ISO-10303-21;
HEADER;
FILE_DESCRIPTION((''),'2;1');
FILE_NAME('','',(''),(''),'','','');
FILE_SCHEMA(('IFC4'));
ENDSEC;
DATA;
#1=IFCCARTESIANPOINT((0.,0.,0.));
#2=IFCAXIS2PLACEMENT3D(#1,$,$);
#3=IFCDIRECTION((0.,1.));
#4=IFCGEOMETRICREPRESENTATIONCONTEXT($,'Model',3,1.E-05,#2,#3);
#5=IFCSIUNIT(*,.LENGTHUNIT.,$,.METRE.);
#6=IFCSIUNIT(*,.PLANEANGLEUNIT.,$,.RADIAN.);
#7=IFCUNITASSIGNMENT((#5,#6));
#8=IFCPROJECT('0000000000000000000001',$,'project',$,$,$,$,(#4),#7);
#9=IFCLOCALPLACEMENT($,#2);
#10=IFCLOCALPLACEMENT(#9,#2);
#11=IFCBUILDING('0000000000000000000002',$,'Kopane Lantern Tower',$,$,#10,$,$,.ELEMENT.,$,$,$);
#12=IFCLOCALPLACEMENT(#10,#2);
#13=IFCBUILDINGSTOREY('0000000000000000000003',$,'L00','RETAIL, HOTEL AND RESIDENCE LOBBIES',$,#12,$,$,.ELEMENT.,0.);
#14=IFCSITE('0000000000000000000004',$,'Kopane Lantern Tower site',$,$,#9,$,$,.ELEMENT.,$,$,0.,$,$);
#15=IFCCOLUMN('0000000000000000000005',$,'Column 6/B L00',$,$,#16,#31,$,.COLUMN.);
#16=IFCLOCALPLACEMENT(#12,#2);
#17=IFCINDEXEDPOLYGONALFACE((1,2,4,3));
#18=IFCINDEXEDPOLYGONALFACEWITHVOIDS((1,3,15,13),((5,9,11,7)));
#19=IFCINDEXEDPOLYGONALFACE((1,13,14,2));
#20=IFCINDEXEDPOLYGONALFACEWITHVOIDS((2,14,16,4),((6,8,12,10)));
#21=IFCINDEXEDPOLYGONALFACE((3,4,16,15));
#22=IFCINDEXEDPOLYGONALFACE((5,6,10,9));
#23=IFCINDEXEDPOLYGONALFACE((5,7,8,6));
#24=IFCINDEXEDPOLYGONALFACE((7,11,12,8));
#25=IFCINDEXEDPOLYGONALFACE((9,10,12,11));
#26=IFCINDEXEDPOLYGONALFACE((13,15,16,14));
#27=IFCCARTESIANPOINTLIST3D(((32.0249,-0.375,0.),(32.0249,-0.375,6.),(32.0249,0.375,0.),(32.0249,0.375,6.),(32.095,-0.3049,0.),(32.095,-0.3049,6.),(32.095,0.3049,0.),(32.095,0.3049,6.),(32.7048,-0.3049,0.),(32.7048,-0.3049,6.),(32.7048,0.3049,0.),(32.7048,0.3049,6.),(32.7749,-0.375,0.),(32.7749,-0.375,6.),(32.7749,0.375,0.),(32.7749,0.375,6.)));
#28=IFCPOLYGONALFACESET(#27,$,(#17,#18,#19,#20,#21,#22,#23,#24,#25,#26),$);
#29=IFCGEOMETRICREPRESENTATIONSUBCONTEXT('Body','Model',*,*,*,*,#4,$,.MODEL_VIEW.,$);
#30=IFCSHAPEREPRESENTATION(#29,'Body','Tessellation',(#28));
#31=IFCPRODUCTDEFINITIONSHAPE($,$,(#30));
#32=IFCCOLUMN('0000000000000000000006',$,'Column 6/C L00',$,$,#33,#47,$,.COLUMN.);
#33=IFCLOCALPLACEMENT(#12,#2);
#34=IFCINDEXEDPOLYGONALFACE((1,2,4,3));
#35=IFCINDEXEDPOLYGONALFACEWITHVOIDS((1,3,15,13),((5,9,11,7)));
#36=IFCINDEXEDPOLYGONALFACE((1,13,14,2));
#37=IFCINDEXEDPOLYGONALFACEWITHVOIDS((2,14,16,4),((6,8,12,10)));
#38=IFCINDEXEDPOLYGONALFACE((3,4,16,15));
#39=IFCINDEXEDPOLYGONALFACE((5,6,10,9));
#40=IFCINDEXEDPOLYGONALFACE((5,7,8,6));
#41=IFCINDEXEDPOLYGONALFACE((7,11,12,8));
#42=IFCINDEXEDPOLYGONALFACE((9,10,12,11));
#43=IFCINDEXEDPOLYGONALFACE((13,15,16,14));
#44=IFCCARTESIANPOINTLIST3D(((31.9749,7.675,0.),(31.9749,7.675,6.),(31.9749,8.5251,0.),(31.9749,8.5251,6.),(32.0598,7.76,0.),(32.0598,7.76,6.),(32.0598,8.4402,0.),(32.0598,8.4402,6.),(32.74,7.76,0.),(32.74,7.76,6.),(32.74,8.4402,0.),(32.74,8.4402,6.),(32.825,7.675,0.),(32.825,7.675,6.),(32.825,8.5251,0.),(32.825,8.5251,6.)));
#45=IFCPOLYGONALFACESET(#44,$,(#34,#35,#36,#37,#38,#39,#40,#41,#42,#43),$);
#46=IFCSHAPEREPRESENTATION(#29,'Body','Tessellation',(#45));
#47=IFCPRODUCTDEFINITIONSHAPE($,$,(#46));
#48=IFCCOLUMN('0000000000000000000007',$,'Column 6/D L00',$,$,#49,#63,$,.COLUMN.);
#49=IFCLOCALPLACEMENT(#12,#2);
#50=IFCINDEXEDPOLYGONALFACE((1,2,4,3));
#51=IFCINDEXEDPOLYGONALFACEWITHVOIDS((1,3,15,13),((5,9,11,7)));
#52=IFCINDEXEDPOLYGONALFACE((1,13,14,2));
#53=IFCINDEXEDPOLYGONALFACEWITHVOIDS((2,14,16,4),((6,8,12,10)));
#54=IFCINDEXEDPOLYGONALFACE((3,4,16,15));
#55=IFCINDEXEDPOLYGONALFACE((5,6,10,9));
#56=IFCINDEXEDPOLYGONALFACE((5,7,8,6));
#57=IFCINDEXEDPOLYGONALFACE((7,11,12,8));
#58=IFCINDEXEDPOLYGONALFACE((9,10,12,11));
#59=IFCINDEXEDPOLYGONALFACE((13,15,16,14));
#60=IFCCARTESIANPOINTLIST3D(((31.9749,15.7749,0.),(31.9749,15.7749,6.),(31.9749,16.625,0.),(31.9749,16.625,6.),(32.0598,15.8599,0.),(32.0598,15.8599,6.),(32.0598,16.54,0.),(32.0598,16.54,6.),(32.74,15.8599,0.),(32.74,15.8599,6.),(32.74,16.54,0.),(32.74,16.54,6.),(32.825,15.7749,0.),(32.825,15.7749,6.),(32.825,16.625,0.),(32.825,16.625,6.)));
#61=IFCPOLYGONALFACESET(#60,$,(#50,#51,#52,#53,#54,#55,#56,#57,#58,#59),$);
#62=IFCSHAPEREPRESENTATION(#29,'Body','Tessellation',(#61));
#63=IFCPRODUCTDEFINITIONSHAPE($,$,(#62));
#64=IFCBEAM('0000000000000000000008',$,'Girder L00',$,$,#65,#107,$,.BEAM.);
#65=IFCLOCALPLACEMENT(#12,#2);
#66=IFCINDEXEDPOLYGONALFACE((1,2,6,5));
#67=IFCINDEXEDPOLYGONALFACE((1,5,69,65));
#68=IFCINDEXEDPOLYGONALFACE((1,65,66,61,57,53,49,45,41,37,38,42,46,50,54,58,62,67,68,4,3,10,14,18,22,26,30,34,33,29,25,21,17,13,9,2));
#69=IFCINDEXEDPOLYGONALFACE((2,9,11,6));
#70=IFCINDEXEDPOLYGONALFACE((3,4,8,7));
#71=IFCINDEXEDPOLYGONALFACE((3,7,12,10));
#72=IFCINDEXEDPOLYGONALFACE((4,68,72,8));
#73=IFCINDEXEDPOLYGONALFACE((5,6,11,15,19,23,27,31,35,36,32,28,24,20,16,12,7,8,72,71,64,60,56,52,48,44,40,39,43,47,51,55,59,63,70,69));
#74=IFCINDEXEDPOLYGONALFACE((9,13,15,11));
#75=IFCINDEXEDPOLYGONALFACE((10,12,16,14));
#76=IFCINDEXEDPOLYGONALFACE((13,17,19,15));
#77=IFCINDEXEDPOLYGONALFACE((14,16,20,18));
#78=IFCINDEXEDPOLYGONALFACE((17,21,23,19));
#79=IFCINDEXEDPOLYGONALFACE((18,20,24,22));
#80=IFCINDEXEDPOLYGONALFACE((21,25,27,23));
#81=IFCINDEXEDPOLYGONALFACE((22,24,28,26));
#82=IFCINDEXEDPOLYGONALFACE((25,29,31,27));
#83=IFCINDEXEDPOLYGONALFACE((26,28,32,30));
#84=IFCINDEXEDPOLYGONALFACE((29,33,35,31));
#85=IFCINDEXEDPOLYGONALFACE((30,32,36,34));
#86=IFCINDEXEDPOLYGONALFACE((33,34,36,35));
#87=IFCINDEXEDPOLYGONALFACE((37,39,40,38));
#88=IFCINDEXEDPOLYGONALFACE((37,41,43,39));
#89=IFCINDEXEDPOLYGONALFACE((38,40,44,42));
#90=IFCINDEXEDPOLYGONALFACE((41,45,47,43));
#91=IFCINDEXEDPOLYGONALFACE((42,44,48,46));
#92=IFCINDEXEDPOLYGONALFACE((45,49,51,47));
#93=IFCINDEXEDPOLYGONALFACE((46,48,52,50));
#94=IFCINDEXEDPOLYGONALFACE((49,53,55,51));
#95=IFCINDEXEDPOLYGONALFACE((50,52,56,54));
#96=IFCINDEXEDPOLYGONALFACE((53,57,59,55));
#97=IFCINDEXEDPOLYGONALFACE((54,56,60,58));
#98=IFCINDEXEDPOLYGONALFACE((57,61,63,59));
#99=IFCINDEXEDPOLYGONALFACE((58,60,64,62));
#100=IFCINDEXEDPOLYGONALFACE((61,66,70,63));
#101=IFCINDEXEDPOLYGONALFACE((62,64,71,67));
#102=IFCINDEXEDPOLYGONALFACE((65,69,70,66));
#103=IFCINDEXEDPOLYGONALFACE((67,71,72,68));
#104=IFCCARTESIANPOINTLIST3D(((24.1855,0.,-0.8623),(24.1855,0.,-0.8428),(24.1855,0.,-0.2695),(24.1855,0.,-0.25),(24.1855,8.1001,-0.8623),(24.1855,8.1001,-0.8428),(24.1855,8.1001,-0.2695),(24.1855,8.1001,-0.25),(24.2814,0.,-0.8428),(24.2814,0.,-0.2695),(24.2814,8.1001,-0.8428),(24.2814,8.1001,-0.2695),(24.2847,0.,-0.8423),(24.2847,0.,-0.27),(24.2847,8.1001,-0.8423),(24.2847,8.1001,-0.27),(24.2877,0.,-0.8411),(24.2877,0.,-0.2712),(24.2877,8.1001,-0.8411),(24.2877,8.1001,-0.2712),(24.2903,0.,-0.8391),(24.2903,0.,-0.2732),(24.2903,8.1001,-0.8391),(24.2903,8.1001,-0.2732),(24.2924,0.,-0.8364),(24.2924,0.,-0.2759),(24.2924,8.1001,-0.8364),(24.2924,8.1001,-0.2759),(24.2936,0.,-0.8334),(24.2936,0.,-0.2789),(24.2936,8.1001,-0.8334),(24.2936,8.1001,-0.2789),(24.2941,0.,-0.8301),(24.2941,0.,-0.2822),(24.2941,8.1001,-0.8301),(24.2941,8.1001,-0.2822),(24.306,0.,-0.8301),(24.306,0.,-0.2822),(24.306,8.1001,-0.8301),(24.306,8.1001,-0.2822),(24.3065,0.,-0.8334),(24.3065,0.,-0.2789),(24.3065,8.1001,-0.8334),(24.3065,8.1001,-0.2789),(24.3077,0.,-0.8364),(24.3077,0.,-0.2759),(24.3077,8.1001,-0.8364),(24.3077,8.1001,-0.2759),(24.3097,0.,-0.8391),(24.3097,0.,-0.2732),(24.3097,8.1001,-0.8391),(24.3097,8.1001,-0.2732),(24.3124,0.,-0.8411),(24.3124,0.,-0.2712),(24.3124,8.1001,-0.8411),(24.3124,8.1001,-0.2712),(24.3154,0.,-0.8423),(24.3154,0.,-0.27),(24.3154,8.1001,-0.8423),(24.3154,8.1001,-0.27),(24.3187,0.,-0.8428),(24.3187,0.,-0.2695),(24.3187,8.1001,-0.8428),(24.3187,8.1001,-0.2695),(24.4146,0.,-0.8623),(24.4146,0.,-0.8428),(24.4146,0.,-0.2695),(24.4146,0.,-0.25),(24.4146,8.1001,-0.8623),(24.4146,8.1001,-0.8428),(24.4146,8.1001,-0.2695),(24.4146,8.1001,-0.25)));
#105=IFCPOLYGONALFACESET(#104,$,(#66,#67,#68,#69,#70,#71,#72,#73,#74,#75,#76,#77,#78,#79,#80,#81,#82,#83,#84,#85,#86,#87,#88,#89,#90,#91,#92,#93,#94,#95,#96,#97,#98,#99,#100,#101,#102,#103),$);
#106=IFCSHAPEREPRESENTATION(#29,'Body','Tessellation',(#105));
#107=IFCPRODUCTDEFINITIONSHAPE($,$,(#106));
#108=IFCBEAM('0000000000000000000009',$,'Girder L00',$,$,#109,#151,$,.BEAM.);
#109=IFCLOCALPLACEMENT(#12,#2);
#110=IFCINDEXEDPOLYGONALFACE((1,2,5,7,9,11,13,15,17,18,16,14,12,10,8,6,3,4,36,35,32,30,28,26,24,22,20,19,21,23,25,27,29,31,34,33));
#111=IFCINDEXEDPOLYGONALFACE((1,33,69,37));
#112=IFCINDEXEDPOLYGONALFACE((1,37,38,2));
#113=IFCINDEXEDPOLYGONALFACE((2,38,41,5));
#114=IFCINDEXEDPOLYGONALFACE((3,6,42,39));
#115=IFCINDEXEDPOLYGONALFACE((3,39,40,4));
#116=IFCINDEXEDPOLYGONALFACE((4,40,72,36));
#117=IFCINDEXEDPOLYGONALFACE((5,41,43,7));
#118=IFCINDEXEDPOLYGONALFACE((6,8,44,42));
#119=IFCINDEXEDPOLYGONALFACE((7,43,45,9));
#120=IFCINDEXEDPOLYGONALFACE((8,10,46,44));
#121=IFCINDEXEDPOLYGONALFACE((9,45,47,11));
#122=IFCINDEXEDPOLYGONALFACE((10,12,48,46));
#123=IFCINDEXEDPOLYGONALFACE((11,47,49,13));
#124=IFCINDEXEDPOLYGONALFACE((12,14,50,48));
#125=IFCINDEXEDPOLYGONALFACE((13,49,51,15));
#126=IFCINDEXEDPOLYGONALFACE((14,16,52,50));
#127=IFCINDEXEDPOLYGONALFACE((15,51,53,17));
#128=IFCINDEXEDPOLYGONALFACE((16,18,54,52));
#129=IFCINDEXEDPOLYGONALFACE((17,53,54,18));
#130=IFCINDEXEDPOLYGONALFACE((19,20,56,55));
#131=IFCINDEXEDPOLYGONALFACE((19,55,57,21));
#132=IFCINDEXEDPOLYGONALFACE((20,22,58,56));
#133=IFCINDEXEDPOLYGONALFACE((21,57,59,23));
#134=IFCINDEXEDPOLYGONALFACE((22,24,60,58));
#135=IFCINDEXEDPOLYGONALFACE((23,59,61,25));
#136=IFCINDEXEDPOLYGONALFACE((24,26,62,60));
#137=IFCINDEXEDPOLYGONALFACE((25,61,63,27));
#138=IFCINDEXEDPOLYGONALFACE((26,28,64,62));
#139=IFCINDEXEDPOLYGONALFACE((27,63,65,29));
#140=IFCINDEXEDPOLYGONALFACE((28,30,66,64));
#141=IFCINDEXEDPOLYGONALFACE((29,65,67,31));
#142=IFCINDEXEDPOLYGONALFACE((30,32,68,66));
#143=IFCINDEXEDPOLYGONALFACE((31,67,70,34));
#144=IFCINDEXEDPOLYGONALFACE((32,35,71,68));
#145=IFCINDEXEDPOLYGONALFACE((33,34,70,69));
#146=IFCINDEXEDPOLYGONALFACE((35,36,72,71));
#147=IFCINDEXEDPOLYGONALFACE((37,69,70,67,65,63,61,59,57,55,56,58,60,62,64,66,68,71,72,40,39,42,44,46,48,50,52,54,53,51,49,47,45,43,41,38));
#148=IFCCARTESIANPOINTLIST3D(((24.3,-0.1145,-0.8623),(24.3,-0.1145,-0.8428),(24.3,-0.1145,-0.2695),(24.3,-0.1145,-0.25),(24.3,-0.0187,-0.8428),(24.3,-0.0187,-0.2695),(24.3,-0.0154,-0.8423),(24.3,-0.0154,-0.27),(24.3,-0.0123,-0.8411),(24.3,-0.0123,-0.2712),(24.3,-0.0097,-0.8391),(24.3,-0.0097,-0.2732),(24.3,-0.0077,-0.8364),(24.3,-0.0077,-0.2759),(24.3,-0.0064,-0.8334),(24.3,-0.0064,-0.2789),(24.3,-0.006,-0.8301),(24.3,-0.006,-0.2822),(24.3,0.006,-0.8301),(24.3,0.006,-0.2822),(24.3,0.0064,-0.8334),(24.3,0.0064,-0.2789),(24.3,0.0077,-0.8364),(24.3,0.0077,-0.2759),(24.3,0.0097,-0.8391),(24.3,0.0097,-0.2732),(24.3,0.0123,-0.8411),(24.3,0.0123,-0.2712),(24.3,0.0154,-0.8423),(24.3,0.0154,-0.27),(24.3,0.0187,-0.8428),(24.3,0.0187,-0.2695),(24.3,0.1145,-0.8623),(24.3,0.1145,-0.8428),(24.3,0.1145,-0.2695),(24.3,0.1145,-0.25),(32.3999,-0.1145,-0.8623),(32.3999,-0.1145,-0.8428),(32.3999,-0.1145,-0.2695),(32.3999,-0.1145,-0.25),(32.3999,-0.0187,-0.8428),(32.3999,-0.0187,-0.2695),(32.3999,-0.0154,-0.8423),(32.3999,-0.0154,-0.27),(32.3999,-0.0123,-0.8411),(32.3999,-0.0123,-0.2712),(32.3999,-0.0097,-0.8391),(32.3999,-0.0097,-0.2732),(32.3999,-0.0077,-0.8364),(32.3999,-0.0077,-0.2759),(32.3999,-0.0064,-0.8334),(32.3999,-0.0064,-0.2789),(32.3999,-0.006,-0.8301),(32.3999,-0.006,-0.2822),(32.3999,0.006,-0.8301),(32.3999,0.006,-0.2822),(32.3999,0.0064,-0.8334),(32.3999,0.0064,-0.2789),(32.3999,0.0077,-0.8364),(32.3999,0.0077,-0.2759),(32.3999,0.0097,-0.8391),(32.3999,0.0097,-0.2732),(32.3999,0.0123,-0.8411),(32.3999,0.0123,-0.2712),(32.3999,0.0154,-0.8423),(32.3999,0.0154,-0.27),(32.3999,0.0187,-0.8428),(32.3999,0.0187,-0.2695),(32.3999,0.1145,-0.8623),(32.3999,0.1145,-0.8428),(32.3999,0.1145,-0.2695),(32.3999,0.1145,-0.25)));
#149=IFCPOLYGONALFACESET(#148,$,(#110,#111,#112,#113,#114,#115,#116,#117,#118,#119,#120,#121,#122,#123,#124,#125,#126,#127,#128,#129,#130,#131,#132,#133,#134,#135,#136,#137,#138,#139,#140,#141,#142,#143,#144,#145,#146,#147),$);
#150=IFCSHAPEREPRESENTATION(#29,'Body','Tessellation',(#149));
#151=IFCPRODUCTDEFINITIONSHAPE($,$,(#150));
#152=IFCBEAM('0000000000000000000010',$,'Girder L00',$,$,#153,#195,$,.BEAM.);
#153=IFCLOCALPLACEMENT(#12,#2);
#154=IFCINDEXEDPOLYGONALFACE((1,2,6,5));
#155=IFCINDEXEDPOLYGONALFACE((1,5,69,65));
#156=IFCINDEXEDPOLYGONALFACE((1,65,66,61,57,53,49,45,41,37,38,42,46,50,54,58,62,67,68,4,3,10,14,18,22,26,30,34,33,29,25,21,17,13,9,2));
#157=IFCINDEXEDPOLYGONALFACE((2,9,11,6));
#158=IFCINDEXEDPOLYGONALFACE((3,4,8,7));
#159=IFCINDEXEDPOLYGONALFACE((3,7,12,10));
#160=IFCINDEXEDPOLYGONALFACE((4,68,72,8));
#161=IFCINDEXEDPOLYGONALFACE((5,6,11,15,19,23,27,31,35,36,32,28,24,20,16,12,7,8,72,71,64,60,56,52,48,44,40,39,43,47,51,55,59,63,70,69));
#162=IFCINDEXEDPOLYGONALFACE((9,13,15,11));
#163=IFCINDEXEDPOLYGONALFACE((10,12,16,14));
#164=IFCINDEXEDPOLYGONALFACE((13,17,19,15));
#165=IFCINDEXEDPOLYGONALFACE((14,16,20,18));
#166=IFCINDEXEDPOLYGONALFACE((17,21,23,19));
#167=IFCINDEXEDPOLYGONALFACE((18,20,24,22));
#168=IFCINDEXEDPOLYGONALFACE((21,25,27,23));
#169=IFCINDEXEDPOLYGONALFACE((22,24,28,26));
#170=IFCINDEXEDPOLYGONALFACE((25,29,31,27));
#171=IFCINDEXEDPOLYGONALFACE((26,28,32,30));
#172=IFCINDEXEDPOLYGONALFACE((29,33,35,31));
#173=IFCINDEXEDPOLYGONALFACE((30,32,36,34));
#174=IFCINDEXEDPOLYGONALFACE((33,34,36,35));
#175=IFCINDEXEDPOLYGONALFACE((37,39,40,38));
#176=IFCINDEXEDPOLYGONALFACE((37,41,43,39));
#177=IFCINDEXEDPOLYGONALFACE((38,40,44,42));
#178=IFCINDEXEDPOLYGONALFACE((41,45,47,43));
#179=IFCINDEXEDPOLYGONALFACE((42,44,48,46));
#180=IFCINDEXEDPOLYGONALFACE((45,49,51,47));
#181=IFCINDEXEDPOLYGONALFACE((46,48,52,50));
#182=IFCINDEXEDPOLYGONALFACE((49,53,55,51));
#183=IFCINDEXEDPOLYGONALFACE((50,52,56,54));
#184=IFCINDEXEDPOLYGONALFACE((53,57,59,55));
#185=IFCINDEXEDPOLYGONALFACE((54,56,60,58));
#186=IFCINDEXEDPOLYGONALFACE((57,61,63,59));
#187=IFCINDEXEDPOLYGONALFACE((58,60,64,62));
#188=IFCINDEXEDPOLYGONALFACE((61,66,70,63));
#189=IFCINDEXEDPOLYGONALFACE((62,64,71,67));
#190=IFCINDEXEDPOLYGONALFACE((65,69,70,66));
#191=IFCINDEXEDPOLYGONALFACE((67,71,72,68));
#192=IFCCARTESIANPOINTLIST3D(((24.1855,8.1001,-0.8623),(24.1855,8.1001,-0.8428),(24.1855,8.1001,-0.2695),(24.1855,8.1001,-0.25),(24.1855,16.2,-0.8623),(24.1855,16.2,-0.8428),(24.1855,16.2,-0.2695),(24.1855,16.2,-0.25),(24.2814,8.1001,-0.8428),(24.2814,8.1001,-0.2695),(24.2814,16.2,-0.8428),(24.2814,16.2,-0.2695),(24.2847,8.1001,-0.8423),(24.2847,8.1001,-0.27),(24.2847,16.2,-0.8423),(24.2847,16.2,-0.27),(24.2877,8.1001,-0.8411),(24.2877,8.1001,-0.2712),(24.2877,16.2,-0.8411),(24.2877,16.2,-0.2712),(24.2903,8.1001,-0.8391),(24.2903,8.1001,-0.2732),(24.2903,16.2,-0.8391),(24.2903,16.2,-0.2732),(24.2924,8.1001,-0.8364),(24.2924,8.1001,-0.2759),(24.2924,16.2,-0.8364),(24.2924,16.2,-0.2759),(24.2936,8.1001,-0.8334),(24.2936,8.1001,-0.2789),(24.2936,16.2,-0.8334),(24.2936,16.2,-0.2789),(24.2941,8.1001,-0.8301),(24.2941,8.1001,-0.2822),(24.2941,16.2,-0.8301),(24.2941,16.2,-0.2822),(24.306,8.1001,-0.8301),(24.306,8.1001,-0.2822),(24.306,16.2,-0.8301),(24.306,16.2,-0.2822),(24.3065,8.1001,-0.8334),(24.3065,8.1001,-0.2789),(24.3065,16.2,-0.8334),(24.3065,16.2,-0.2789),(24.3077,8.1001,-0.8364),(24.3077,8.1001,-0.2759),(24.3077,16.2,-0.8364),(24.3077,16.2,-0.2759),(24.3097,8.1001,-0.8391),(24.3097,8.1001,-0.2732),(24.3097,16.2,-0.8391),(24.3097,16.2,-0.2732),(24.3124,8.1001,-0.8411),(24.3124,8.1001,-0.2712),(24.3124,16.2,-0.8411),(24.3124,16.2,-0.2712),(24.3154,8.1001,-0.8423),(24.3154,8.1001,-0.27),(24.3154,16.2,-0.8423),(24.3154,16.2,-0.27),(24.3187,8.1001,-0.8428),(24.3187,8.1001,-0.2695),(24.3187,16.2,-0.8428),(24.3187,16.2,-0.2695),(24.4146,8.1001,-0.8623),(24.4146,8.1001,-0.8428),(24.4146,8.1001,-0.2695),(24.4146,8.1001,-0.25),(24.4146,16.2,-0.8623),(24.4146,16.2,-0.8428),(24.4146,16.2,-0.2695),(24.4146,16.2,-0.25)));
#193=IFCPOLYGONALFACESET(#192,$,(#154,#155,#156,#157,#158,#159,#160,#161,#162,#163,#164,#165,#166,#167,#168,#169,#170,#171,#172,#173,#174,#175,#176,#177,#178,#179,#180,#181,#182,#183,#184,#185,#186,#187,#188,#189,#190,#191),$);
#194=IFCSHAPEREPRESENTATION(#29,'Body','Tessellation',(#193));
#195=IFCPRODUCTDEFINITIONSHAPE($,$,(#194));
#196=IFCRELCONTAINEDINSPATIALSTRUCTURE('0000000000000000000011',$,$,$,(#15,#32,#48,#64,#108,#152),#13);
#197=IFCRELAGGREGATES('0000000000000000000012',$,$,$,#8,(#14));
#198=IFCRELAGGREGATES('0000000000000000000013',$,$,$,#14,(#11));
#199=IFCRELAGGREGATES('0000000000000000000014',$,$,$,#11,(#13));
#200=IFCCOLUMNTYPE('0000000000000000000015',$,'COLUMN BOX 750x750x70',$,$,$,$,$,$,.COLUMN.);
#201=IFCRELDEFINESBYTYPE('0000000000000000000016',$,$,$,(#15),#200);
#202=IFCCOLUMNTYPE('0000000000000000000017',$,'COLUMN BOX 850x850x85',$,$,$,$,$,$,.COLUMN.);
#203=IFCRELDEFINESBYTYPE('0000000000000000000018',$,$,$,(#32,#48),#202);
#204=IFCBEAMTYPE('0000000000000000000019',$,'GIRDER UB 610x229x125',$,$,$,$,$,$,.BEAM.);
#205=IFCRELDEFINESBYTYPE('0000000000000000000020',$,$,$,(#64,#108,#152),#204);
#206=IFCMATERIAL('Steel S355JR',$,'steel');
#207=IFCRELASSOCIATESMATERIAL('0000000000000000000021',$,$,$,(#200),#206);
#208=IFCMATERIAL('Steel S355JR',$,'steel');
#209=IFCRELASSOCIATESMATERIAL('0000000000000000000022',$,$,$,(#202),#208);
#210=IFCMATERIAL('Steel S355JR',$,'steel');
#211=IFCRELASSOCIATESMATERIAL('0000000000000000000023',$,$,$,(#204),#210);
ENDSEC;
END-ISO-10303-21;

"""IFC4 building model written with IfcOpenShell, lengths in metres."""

from ifc_helpers import new_model, si_unit, direction, frame, origin, origin_2d, place, context, subcontext, project, spatial, hollow_rectangle, i_section, extrude, material, material_profile, profile_set, type_object, element, save


model = new_model("IFC4")

# Units and contexts
model_context = context("Model", 3, precision=1e-05, world=origin(), true_north=direction((0.0, 1.0)))
body_context = subcontext(model_context, "Body", "Model", "MODEL_VIEW")
ifc_project = project(units=[si_unit("LENGTHUNIT", "METRE"), si_unit("PLANEANGLEUNIT", "RADIAN")], contexts=[model_context])

# Site, building, storey
site_placement = place(None, origin())
site = spatial("IfcSite", under=ifc_project, at=site_placement, Name="Kopane Lantern Tower site", CompositionType="ELEMENT", RefElevation=0.0)
building_placement = place(site_placement, origin())
building = spatial("IfcBuilding", under=site, at=building_placement, Name="Kopane Lantern Tower", CompositionType="ELEMENT")
storey_placement = place(building_placement, origin())
storey = spatial("IfcBuildingStorey", under=building, at=storey_placement, Name="L00", Description="RETAIL, HOTEL AND RESIDENCE LOBBIES", CompositionType="ELEMENT", Elevation=0.0)

# Columns
ifc_material_1 = material(Name="Steel S355JR", Category="steel")
ifc_material_profile_1 = material_profile(ifc_material_1, hollow_rectangle(XDim=0.75, YDim=0.75, WallThickness=0.0701, at=origin_2d()), Name="BOX 750x750x70")
ifc_profile_set_1 = profile_set([ifc_material_profile_1], Name="Steel S355JR")
column_type_1 = type_object("IfcColumnType", Name="COLUMN BOX 750x750x70", PredefinedType="COLUMN", material=ifc_profile_set_1)
column_placement = place(storey_placement, frame((32.3999, 0.0, 0.0), z_axis=(0.0, 0.0, 1.0), x_axis=(1.0, 0.0, 0.0)))
element("IfcColumn", 1, at=column_placement, inside=storey, type_object=column_type_1, Name="Column 6/B L00", PredefinedType="COLUMN", context=body_context, shape_type="SweptSolid", body=[
    extrude(hollow_rectangle(XDim=0.75, YDim=0.75, WallThickness=0.0701, at=origin_2d()), origin(), (0.0, 0.0, 1.0), 6.0),
])
ifc_material_2 = material(Name="Steel S355JR", Category="steel")
ifc_material_profile_2 = material_profile(ifc_material_2, hollow_rectangle(XDim=0.8501, YDim=0.8501, WallThickness=0.085, at=origin_2d()), Name="BOX 850x850x85")
ifc_profile_set_2 = profile_set([ifc_material_profile_2], Name="Steel S355JR")
column_type_2 = type_object("IfcColumnType", Name="COLUMN BOX 850x850x85", PredefinedType="COLUMN", material=ifc_profile_set_2)
for number, where, z_axis, x_axis, name in (
    (2, (32.3999, 8.1001, 0.0), (0.0, 0.0, 1.0), (1.0, 0.0, 0.0), "Column 6/C L00"),
    (3, (32.3999, 16.2, 0.0), (0.0, 0.0, 1.0), (1.0, 0.0, 0.0), "Column 6/D L00"),
):
    element("IfcColumn", number, at=place(storey_placement, frame(where, z_axis=z_axis, x_axis=x_axis)), inside=storey, type_object=column_type_2, Name=name, PredefinedType="COLUMN", context=body_context, shape_type="SweptSolid", body=[
        extrude(hollow_rectangle(XDim=0.8501, YDim=0.8501, WallThickness=0.085, at=origin_2d()), origin(), (0.0, 0.0, 1.0), 6.0),
    ])

# Beams
ifc_material_3 = material(Name="Steel S355JR", Category="steel")
ifc_material_profile_3 = material_profile(ifc_material_3, i_section(OverallWidth=0.229, OverallDepth=0.6123, WebThickness=0.012, FlangeThickness=0.0195, FilletRadius=0.0127, at=origin_2d()), Name="UB 610x229x125")
ifc_profile_set_3 = profile_set([ifc_material_profile_3], Name="Steel S355JR")
beam_type = type_object("IfcBeamType", Name="GIRDER UB 610x229x125", PredefinedType="BEAM", material=ifc_profile_set_3)
beam_1_placement = place(storey_placement, frame((24.3, 0.0, -0.5562), z_axis=(0.0, 1.0, 0.0), x_axis=(-1.0, 0.0, 0.0)))
element("IfcBeam", 4, at=beam_1_placement, inside=storey, type_object=beam_type, Name="Girder L00", PredefinedType="BEAM", context=body_context, shape_type="SweptSolid", body=[
    extrude(i_section(OverallWidth=0.229, OverallDepth=0.6123, WebThickness=0.012, FlangeThickness=0.0195, FilletRadius=0.0127, at=origin_2d()), origin(), (0.0, 0.0, 1.0), 8.1001),
])
for number, where, z_axis, x_axis, name in (
    (5, (24.3, 0.0, -0.5562), (1.0, 0.0, 0.0), (0.0, 1.0, 0.0), "Girder L00"),
    (6, (24.3, 8.1001, -0.5562), (0.0, 1.0, 0.0), (-1.0, 0.0, 0.0), "Girder L00"),
):
    element("IfcBeam", number, at=place(storey_placement, frame(where, z_axis=z_axis, x_axis=x_axis)), inside=storey, type_object=beam_type, Name=name, PredefinedType="BEAM", context=body_context, shape_type="SweptSolid", body=[
        extrude(i_section(OverallWidth=0.229, OverallDepth=0.6123, WebThickness=0.012, FlangeThickness=0.0195, FilletRadius=0.0127, at=origin_2d()), origin(), (0.0, 0.0, 1.0), 8.0999),
    ])

save(model, "model.ifc")
